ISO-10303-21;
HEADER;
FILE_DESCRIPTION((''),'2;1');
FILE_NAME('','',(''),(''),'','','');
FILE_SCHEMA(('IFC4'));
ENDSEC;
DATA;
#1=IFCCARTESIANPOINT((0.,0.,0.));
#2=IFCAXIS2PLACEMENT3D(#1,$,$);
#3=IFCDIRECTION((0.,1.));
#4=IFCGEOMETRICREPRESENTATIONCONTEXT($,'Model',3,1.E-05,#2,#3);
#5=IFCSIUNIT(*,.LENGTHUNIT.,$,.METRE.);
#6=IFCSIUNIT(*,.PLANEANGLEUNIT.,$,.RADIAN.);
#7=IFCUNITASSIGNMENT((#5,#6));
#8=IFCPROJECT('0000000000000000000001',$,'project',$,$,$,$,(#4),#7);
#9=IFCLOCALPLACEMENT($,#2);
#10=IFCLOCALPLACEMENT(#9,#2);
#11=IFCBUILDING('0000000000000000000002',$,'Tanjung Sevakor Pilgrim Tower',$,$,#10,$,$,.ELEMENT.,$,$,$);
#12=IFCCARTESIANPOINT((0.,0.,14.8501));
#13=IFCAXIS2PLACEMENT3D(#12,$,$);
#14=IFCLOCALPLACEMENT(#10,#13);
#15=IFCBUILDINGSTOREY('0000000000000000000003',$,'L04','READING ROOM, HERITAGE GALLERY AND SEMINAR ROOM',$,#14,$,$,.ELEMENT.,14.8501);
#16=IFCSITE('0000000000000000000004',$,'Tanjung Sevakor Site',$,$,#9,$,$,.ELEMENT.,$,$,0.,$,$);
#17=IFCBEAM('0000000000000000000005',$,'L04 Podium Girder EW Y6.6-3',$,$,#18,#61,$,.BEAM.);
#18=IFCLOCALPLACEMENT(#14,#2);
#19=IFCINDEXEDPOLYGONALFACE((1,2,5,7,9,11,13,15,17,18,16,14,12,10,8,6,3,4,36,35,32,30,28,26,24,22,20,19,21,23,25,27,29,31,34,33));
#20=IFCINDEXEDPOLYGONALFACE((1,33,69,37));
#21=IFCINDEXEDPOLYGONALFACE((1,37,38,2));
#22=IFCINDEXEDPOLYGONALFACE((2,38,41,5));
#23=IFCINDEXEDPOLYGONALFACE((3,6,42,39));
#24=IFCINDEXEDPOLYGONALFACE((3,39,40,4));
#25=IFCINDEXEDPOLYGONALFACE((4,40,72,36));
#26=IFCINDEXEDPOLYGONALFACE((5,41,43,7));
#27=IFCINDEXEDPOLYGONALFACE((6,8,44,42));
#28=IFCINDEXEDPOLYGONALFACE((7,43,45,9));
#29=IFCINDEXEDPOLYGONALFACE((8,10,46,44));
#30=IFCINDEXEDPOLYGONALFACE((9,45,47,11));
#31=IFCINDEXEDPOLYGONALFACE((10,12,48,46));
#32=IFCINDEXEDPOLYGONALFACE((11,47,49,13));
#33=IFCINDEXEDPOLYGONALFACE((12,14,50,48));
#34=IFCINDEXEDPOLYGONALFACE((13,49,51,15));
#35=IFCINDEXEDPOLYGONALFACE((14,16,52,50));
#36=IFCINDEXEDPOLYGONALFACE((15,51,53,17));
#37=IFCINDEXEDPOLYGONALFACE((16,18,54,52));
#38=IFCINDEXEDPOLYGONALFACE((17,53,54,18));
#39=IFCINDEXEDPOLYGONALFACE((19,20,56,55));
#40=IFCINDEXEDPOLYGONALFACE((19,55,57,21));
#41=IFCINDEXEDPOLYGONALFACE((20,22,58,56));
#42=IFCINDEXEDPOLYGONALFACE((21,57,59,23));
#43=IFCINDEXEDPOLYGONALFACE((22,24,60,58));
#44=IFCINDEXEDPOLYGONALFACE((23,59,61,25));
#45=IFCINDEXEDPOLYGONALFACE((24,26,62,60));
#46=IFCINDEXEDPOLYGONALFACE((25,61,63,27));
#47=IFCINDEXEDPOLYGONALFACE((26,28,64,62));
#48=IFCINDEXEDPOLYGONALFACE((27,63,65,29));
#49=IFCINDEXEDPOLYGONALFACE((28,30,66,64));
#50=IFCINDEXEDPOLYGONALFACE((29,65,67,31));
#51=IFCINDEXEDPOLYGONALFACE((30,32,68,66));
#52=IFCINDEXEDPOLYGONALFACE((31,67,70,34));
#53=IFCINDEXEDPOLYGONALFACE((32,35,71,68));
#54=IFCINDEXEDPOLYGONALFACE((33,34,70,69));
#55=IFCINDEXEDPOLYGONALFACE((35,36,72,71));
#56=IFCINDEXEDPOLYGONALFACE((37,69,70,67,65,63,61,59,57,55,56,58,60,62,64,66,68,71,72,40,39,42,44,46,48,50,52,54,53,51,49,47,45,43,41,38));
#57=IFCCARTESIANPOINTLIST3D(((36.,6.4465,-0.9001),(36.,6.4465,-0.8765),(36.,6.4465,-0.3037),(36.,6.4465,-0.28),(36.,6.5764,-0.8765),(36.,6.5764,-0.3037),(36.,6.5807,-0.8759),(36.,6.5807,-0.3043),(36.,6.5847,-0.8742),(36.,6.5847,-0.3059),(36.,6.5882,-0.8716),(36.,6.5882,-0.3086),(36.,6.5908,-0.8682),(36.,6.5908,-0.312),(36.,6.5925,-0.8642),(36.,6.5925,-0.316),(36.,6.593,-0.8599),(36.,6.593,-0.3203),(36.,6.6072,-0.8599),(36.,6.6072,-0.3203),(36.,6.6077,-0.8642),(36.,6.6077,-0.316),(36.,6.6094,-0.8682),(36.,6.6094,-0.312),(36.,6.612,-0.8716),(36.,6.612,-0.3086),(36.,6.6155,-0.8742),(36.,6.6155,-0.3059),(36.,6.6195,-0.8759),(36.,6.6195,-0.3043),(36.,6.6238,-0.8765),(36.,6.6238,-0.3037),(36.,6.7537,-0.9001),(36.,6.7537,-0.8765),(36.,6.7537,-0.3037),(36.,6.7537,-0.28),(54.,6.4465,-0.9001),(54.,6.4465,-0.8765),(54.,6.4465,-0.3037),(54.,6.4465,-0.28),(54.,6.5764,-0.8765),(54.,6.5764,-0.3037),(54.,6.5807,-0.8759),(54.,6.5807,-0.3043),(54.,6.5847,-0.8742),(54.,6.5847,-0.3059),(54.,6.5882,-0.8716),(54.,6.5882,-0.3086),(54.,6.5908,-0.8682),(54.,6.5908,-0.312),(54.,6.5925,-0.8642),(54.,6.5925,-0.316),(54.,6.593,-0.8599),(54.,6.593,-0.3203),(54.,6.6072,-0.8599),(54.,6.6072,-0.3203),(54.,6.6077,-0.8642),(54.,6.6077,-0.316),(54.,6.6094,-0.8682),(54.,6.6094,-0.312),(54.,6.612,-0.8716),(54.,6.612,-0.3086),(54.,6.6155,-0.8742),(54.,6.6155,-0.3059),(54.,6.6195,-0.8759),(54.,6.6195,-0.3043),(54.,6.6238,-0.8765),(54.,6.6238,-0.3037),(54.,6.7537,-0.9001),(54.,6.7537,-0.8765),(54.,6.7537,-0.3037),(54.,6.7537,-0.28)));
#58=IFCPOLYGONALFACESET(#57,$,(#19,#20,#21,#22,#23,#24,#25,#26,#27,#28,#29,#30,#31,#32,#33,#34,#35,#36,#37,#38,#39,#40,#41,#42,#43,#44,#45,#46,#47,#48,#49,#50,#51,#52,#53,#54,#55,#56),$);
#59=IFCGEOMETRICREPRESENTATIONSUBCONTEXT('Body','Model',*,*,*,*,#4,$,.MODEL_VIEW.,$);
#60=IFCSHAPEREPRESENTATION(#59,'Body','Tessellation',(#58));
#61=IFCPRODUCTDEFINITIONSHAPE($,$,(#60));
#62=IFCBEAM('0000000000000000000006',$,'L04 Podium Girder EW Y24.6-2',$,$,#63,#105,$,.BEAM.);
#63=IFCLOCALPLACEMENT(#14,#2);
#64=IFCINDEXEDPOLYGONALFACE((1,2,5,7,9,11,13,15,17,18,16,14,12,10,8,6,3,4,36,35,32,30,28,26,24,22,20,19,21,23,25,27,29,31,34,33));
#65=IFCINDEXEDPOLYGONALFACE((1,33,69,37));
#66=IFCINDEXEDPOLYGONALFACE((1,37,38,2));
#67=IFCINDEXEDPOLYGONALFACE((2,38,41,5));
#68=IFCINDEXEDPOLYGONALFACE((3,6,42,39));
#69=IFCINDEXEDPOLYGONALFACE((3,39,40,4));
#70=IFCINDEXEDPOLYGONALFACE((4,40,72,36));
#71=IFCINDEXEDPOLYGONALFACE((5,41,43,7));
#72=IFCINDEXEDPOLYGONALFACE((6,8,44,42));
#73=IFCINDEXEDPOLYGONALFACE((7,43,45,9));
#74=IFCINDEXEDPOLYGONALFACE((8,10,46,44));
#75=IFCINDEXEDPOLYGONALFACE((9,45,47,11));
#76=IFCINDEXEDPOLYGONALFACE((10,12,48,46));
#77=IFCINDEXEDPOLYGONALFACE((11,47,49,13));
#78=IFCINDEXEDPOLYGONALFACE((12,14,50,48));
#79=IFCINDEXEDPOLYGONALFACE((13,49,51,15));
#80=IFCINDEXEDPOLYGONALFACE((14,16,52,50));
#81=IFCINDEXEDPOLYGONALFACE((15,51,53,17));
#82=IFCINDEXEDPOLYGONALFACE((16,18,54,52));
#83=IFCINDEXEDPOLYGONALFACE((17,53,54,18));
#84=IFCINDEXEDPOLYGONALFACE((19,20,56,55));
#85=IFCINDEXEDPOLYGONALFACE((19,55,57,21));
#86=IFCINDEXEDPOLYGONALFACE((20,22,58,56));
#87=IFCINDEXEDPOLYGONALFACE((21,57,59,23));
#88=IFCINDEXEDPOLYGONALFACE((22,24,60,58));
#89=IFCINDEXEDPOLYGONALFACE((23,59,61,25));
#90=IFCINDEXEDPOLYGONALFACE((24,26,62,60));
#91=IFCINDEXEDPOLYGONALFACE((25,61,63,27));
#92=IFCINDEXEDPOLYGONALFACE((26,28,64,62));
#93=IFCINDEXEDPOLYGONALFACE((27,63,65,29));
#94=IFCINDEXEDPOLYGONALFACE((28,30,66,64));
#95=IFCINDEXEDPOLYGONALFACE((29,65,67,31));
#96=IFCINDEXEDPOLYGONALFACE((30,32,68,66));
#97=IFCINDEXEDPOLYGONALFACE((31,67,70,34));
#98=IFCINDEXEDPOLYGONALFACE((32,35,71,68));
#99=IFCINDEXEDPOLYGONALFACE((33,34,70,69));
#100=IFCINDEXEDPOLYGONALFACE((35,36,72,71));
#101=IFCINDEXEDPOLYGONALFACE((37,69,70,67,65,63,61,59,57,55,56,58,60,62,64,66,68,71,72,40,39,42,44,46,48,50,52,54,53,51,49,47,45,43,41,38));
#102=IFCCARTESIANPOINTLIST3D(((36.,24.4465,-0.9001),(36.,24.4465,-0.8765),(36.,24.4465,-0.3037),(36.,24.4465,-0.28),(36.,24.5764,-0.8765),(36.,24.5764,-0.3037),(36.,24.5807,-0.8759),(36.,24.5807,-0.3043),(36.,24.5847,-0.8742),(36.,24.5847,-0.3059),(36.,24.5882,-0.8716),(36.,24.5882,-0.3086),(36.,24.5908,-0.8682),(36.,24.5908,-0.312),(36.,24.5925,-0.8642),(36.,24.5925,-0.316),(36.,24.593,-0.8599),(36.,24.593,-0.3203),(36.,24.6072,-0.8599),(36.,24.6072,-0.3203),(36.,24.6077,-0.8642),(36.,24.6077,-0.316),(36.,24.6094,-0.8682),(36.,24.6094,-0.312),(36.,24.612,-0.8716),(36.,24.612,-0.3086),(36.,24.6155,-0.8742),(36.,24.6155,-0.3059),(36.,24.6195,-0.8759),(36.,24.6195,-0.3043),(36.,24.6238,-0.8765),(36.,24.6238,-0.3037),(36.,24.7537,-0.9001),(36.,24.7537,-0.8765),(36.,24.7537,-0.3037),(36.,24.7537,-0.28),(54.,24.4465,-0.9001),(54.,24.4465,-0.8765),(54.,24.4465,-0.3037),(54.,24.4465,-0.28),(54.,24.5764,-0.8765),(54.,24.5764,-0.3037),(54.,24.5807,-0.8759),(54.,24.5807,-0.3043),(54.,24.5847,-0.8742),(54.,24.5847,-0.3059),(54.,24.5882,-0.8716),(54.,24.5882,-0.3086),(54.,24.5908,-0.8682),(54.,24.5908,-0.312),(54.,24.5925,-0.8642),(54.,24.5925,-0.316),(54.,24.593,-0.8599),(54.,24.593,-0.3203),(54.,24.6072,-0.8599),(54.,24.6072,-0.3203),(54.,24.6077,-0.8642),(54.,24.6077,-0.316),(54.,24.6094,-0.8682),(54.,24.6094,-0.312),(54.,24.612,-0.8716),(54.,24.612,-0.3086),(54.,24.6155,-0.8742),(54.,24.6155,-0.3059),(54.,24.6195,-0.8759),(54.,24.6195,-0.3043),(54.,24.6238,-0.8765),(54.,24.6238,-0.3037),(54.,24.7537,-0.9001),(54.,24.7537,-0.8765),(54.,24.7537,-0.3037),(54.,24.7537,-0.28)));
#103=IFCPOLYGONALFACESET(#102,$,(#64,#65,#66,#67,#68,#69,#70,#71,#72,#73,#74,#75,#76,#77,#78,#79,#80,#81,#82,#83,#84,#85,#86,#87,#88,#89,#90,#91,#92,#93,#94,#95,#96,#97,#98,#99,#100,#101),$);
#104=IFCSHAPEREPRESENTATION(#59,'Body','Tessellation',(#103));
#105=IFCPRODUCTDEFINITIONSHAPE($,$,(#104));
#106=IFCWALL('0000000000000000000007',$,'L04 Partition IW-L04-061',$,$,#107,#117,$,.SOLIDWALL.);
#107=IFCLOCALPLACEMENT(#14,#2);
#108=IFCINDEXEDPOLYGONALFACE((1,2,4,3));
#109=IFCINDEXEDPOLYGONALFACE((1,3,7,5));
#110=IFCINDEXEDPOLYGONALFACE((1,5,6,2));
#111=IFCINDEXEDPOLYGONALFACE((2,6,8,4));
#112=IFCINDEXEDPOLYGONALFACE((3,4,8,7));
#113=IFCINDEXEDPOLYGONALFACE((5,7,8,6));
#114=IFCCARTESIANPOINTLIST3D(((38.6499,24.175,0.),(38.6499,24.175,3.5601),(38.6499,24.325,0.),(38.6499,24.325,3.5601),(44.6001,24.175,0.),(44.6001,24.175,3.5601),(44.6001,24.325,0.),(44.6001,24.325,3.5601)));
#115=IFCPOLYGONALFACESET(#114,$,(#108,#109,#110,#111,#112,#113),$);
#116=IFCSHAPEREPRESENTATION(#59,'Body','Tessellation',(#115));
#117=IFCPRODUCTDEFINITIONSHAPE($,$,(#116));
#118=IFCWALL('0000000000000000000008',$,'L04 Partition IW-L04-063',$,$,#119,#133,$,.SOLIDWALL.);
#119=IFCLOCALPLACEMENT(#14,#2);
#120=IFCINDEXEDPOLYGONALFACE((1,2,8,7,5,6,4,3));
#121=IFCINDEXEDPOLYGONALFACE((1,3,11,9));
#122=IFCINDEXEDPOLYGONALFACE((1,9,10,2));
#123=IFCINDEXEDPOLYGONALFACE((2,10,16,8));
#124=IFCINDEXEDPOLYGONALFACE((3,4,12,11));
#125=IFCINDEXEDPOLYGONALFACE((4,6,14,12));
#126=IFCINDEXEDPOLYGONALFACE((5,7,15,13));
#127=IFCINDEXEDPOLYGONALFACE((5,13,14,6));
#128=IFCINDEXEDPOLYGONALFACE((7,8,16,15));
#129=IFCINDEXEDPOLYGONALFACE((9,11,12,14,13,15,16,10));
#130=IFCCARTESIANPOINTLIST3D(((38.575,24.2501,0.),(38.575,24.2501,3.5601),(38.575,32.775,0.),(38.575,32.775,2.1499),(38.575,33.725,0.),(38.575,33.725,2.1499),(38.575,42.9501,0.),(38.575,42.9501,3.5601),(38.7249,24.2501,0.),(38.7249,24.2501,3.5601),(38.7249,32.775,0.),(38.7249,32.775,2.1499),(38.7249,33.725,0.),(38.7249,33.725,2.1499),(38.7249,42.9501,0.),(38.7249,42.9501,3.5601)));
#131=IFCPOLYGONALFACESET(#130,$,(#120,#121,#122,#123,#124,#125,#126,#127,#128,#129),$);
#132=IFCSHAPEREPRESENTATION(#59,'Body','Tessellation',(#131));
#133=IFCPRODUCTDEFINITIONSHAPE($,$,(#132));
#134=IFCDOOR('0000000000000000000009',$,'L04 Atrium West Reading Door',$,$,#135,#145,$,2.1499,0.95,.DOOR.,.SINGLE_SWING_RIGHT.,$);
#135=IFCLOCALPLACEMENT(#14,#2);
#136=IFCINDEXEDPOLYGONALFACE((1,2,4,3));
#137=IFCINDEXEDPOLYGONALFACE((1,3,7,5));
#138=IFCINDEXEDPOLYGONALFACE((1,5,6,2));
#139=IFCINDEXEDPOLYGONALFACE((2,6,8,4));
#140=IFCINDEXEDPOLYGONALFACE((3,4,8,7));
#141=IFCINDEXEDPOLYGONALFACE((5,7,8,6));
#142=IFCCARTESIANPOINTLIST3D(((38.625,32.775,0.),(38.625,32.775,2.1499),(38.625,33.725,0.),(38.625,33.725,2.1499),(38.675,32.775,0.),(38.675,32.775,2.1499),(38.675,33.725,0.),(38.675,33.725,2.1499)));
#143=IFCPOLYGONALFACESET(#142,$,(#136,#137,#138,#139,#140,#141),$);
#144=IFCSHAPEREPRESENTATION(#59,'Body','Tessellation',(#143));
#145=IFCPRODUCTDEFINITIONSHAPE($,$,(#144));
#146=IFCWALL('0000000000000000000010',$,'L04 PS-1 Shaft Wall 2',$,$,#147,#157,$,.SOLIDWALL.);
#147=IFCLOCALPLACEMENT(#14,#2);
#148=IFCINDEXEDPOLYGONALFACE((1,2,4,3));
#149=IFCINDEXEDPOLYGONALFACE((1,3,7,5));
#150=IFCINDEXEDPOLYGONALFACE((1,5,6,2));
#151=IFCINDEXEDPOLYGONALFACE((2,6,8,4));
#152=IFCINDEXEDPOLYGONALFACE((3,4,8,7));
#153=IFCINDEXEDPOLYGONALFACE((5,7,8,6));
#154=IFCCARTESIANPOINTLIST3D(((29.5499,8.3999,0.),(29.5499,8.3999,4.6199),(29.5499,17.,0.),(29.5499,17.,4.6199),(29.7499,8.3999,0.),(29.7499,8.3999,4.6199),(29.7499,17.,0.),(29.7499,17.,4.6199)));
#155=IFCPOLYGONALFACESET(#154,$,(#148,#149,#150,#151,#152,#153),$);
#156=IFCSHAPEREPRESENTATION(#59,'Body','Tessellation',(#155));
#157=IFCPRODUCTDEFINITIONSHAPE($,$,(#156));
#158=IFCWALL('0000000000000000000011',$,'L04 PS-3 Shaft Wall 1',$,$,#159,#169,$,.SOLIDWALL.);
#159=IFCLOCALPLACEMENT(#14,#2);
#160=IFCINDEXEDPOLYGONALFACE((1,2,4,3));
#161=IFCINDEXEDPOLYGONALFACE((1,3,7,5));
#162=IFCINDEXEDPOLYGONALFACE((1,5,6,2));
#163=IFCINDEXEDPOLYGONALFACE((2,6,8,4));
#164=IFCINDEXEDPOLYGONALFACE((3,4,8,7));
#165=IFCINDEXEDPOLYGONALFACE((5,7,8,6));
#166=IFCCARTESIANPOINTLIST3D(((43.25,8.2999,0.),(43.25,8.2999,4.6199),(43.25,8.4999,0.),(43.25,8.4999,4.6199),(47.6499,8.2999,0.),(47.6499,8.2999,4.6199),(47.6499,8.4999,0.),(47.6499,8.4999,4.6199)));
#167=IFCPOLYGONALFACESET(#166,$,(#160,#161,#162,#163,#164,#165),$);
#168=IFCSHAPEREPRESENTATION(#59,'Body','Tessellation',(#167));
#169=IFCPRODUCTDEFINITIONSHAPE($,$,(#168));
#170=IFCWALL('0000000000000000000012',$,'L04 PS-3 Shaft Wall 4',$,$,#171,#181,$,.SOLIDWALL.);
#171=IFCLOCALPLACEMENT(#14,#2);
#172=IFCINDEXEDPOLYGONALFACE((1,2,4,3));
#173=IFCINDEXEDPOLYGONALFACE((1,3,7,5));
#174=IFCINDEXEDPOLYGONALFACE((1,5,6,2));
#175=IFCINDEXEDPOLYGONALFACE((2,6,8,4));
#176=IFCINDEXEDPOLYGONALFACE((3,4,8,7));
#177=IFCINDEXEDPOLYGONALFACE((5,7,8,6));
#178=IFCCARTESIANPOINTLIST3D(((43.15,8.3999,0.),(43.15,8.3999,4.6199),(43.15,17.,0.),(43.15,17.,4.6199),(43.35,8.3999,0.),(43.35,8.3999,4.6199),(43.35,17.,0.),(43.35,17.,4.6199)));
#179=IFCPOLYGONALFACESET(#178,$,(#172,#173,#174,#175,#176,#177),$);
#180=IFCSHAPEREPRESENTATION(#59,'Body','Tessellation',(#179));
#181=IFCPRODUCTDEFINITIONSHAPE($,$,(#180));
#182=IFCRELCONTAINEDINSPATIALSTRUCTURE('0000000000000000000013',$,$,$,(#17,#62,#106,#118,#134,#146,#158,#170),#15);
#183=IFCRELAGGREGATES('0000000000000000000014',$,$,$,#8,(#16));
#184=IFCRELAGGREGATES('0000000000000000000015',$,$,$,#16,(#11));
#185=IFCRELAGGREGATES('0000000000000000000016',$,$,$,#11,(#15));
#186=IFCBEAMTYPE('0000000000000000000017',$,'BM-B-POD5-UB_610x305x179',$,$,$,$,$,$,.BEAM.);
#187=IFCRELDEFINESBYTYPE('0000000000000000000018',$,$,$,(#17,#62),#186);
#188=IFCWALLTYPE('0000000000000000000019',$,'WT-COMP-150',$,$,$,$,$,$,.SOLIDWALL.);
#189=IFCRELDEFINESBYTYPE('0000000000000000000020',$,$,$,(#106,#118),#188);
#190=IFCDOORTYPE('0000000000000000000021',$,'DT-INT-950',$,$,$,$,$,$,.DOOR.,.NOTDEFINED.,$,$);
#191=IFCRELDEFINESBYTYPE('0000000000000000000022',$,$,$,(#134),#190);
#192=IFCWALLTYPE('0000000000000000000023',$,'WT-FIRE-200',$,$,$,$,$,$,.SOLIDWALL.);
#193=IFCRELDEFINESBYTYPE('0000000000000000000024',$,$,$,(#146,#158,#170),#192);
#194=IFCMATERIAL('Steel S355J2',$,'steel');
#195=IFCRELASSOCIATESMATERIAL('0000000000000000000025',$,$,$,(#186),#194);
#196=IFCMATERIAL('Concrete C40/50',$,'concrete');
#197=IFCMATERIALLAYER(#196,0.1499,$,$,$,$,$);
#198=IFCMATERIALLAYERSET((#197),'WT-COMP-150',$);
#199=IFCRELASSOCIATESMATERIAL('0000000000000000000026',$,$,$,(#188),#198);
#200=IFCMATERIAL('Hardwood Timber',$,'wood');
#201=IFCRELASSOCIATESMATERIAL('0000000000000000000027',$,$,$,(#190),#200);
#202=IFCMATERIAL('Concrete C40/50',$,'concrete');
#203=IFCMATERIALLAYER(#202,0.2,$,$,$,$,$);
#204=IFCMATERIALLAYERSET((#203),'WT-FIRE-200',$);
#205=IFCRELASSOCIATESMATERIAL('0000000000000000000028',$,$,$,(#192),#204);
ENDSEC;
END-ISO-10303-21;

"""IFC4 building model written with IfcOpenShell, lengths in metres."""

from ifc_helpers import new_model, si_unit, direction, frame, frame_2d, origin, origin_2d, place, context, subcontext, project, spatial, rectangle, i_section, extrude, material, layer, layer_set, material_profile, profile_set, type_object, element, fill, save


model = new_model("IFC4")

# Units and contexts
model_context = context("Model", 3, precision=1e-05, world=origin(), true_north=direction((0.0, 1.0)))
body_context = subcontext(model_context, "Body", "Model", "MODEL_VIEW")
ifc_project = project(units=[si_unit("LENGTHUNIT", "METRE"), si_unit("PLANEANGLEUNIT", "RADIAN")], contexts=[model_context])

# Site, building, storey
site_placement = place(None, origin())
site = spatial("IfcSite", under=ifc_project, at=site_placement, Name="Tanjung Sevakor Site", CompositionType="ELEMENT", RefElevation=0.0)
building_placement = place(site_placement, origin())
building = spatial("IfcBuilding", under=site, at=building_placement, Name="Tanjung Sevakor Pilgrim Tower", CompositionType="ELEMENT")
storey_placement = place(building_placement, frame((0.0, 0.0, 14.8501)))
storey = spatial("IfcBuildingStorey", under=building, at=storey_placement, Name="L04", Description="READING ROOM, HERITAGE GALLERY AND SEMINAR ROOM", CompositionType="ELEMENT", Elevation=14.8501)

# Beams
ifc_material_1 = material(Name="Steel S355J2", Category="steel")
ifc_material_profile_1 = material_profile(ifc_material_1, i_section(OverallWidth=0.3071, OverallDepth=0.6201, WebThickness=0.0142, FlangeThickness=0.0237, FilletRadius=0.0166, at=origin_2d()))
ifc_profile_set_1 = profile_set([ifc_material_profile_1], Name="Steel S355J2")
beam_type_1 = type_object("IfcBeamType", Name="BM-B-POD5-UB_610x305x179", PredefinedType="BEAM", material=ifc_profile_set_1)
for number, where, z_axis, x_axis, name in (
    (1, (36.0, 6.6001, -0.5901), (1.0, 0.0, 0.0), (0.0, 1.0, 0.0), "L04 Podium Girder EW Y6.6-3"),
    (2, (36.0, 24.6001, -0.5901), (1.0, 0.0, 0.0), (0.0, 1.0, 0.0), "L04 Podium Girder EW Y24.6-2"),
):
    element("IfcBeam", number, at=place(storey_placement, frame(where, z_axis=z_axis, x_axis=x_axis)), inside=storey, type_object=beam_type_1, Name=name, PredefinedType="BEAM", context=body_context, shape_type="SweptSolid", body=[
        extrude(i_section(OverallWidth=0.3071, OverallDepth=0.6201, WebThickness=0.0142, FlangeThickness=0.0237, FilletRadius=0.0166, at=origin_2d()), origin(), (0.0, 0.0, 1.0), 18.0),
    ])

# Wall
ifc_material_2 = material(Name="Concrete C40/50", Category="concrete")
ifc_layer_1 = layer(ifc_material_2, 0.1499)
ifc_layer_set_1 = layer_set([ifc_layer_1], Name="WT-COMP-150")
wall_type_1 = type_object("IfcWallType", Name="WT-COMP-150", PredefinedType="SOLIDWALL", material=ifc_layer_set_1)
wall_1_placement = place(storey_placement, frame((38.6499, 24.25, 0.0), z_axis=(0.0, 0.0, 1.0), x_axis=(1.0, 0.0, 0.0)))
element("IfcWall", 3, at=wall_1_placement, inside=storey, type_object=wall_type_1, Name="L04 Partition IW-L04-061", PredefinedType="SOLIDWALL", context=body_context, shape_type="SweptSolid", body=[
    extrude(rectangle(XDim=5.9502, YDim=0.1499, at=frame_2d((2.9751, 0.0))), origin(), (0.0, 0.0, 1.0), 3.5601),
])

# Wall, opening, door
wall_2_placement = place(storey_placement, frame((38.6499, 24.25, 0.0), z_axis=(0.0, 0.0, 1.0), x_axis=(0.0, 1.0, 0.0)))
wall_2 = element("IfcWall", 4, at=wall_2_placement, inside=storey, type_object=wall_type_1, Name="L04 Partition IW-L04-063", PredefinedType="SOLIDWALL", context=body_context, shape_type="SweptSolid", body=[
    extrude(rectangle(XDim=18.7, YDim=0.1499, at=frame_2d((9.3501, 0.0))), origin(), (0.0, 0.0, 1.0), 3.5601),
])
opening_1_placement = place(wall_2_placement, frame((8.5249, 0.0, 0.0)))
opening_1 = element("IfcOpeningElement", 5, at=opening_1_placement, cuts=wall_2, PredefinedType="OPENING", context=body_context, shape_type="SweptSolid", body=[
    extrude(rectangle(XDim=0.95, YDim=2.1499, at=frame_2d((0.4751, 1.075))), frame((0.0, 0.085, 0.0), z_axis=(0.0, -1.0, 0.0), x_axis=(1.0, 0.0, 0.0)), (0.0, 0.0, 1.0), 0.1699),
])
ifc_material_3 = material(Name="Hardwood Timber", Category="wood")
door_type_1 = type_object("IfcDoorType", Name="DT-INT-950", OperationType="NOTDEFINED", PredefinedType="DOOR", material=ifc_material_3)
door_1_placement = place(opening_1_placement, origin())
door_1 = element("IfcDoor", 6, at=door_1_placement, inside=storey, type_object=door_type_1, Name="L04 Atrium West Reading Door", OperationType="SINGLE_SWING_RIGHT", OverallHeight=2.1499, OverallWidth=0.95, PredefinedType="DOOR", context=body_context, shape_type="SweptSolid", body=[
    extrude(rectangle(XDim=0.95, YDim=2.1499, at=frame_2d((0.4751, 1.075))), frame((0.0, 0.0249, 0.0), z_axis=(0.0, -1.0, 0.0), x_axis=(1.0, 0.0, 0.0)), (0.0, 0.0, 1.0), 0.05),
])
fill(opening_1, door_1)

# Wall
ifc_material_4 = material(Name="Concrete C40/50", Category="concrete")
ifc_layer_2 = layer(ifc_material_4, 0.2)
ifc_layer_set_2 = layer_set([ifc_layer_2], Name="WT-FIRE-200")
wall_type_2 = type_object("IfcWallType", Name="WT-FIRE-200", PredefinedType="SOLIDWALL", material=ifc_layer_set_2)
wall_3_placement = place(storey_placement, frame((29.6499, 8.3999, 0.0), z_axis=(0.0, 0.0, 1.0), x_axis=(0.0, 1.0, 0.0)))
element("IfcWall", 7, at=wall_3_placement, inside=storey, type_object=wall_type_2, Name="L04 PS-1 Shaft Wall 2", PredefinedType="SOLIDWALL", context=body_context, shape_type="SweptSolid", body=[
    extrude(rectangle(XDim=8.6001, YDim=0.2, at=frame_2d((4.3, 0.0))), origin(), (0.0, 0.0, 1.0), 4.6199),
])

# Walls
wall_4_placement = place(storey_placement, frame((43.25, 8.3999, 0.0), z_axis=(0.0, 0.0, 1.0), x_axis=(1.0, 0.0, 0.0)))
element("IfcWall", 8, at=wall_4_placement, inside=storey, type_object=wall_type_2, Name="L04 PS-3 Shaft Wall 1", PredefinedType="SOLIDWALL", context=body_context, shape_type="SweptSolid", body=[
    extrude(rectangle(XDim=4.3999, YDim=0.2, at=frame_2d((2.2, 0.0))), origin(), (0.0, 0.0, 1.0), 4.6199),
])
wall_5_placement = place(storey_placement, frame((43.25, 17.0, 0.0), z_axis=(0.0, 0.0, 1.0), x_axis=(0.0, -1.0, 0.0)))
element("IfcWall", 9, at=wall_5_placement, inside=storey, type_object=wall_type_2, Name="L04 PS-3 Shaft Wall 4", PredefinedType="SOLIDWALL", context=body_context, shape_type="SweptSolid", body=[
    extrude(rectangle(XDim=8.6001, YDim=0.2, at=frame_2d((4.3, 0.0))), origin(), (0.0, 0.0, 1.0), 4.6199),
])

save(model, "model.ifc")
